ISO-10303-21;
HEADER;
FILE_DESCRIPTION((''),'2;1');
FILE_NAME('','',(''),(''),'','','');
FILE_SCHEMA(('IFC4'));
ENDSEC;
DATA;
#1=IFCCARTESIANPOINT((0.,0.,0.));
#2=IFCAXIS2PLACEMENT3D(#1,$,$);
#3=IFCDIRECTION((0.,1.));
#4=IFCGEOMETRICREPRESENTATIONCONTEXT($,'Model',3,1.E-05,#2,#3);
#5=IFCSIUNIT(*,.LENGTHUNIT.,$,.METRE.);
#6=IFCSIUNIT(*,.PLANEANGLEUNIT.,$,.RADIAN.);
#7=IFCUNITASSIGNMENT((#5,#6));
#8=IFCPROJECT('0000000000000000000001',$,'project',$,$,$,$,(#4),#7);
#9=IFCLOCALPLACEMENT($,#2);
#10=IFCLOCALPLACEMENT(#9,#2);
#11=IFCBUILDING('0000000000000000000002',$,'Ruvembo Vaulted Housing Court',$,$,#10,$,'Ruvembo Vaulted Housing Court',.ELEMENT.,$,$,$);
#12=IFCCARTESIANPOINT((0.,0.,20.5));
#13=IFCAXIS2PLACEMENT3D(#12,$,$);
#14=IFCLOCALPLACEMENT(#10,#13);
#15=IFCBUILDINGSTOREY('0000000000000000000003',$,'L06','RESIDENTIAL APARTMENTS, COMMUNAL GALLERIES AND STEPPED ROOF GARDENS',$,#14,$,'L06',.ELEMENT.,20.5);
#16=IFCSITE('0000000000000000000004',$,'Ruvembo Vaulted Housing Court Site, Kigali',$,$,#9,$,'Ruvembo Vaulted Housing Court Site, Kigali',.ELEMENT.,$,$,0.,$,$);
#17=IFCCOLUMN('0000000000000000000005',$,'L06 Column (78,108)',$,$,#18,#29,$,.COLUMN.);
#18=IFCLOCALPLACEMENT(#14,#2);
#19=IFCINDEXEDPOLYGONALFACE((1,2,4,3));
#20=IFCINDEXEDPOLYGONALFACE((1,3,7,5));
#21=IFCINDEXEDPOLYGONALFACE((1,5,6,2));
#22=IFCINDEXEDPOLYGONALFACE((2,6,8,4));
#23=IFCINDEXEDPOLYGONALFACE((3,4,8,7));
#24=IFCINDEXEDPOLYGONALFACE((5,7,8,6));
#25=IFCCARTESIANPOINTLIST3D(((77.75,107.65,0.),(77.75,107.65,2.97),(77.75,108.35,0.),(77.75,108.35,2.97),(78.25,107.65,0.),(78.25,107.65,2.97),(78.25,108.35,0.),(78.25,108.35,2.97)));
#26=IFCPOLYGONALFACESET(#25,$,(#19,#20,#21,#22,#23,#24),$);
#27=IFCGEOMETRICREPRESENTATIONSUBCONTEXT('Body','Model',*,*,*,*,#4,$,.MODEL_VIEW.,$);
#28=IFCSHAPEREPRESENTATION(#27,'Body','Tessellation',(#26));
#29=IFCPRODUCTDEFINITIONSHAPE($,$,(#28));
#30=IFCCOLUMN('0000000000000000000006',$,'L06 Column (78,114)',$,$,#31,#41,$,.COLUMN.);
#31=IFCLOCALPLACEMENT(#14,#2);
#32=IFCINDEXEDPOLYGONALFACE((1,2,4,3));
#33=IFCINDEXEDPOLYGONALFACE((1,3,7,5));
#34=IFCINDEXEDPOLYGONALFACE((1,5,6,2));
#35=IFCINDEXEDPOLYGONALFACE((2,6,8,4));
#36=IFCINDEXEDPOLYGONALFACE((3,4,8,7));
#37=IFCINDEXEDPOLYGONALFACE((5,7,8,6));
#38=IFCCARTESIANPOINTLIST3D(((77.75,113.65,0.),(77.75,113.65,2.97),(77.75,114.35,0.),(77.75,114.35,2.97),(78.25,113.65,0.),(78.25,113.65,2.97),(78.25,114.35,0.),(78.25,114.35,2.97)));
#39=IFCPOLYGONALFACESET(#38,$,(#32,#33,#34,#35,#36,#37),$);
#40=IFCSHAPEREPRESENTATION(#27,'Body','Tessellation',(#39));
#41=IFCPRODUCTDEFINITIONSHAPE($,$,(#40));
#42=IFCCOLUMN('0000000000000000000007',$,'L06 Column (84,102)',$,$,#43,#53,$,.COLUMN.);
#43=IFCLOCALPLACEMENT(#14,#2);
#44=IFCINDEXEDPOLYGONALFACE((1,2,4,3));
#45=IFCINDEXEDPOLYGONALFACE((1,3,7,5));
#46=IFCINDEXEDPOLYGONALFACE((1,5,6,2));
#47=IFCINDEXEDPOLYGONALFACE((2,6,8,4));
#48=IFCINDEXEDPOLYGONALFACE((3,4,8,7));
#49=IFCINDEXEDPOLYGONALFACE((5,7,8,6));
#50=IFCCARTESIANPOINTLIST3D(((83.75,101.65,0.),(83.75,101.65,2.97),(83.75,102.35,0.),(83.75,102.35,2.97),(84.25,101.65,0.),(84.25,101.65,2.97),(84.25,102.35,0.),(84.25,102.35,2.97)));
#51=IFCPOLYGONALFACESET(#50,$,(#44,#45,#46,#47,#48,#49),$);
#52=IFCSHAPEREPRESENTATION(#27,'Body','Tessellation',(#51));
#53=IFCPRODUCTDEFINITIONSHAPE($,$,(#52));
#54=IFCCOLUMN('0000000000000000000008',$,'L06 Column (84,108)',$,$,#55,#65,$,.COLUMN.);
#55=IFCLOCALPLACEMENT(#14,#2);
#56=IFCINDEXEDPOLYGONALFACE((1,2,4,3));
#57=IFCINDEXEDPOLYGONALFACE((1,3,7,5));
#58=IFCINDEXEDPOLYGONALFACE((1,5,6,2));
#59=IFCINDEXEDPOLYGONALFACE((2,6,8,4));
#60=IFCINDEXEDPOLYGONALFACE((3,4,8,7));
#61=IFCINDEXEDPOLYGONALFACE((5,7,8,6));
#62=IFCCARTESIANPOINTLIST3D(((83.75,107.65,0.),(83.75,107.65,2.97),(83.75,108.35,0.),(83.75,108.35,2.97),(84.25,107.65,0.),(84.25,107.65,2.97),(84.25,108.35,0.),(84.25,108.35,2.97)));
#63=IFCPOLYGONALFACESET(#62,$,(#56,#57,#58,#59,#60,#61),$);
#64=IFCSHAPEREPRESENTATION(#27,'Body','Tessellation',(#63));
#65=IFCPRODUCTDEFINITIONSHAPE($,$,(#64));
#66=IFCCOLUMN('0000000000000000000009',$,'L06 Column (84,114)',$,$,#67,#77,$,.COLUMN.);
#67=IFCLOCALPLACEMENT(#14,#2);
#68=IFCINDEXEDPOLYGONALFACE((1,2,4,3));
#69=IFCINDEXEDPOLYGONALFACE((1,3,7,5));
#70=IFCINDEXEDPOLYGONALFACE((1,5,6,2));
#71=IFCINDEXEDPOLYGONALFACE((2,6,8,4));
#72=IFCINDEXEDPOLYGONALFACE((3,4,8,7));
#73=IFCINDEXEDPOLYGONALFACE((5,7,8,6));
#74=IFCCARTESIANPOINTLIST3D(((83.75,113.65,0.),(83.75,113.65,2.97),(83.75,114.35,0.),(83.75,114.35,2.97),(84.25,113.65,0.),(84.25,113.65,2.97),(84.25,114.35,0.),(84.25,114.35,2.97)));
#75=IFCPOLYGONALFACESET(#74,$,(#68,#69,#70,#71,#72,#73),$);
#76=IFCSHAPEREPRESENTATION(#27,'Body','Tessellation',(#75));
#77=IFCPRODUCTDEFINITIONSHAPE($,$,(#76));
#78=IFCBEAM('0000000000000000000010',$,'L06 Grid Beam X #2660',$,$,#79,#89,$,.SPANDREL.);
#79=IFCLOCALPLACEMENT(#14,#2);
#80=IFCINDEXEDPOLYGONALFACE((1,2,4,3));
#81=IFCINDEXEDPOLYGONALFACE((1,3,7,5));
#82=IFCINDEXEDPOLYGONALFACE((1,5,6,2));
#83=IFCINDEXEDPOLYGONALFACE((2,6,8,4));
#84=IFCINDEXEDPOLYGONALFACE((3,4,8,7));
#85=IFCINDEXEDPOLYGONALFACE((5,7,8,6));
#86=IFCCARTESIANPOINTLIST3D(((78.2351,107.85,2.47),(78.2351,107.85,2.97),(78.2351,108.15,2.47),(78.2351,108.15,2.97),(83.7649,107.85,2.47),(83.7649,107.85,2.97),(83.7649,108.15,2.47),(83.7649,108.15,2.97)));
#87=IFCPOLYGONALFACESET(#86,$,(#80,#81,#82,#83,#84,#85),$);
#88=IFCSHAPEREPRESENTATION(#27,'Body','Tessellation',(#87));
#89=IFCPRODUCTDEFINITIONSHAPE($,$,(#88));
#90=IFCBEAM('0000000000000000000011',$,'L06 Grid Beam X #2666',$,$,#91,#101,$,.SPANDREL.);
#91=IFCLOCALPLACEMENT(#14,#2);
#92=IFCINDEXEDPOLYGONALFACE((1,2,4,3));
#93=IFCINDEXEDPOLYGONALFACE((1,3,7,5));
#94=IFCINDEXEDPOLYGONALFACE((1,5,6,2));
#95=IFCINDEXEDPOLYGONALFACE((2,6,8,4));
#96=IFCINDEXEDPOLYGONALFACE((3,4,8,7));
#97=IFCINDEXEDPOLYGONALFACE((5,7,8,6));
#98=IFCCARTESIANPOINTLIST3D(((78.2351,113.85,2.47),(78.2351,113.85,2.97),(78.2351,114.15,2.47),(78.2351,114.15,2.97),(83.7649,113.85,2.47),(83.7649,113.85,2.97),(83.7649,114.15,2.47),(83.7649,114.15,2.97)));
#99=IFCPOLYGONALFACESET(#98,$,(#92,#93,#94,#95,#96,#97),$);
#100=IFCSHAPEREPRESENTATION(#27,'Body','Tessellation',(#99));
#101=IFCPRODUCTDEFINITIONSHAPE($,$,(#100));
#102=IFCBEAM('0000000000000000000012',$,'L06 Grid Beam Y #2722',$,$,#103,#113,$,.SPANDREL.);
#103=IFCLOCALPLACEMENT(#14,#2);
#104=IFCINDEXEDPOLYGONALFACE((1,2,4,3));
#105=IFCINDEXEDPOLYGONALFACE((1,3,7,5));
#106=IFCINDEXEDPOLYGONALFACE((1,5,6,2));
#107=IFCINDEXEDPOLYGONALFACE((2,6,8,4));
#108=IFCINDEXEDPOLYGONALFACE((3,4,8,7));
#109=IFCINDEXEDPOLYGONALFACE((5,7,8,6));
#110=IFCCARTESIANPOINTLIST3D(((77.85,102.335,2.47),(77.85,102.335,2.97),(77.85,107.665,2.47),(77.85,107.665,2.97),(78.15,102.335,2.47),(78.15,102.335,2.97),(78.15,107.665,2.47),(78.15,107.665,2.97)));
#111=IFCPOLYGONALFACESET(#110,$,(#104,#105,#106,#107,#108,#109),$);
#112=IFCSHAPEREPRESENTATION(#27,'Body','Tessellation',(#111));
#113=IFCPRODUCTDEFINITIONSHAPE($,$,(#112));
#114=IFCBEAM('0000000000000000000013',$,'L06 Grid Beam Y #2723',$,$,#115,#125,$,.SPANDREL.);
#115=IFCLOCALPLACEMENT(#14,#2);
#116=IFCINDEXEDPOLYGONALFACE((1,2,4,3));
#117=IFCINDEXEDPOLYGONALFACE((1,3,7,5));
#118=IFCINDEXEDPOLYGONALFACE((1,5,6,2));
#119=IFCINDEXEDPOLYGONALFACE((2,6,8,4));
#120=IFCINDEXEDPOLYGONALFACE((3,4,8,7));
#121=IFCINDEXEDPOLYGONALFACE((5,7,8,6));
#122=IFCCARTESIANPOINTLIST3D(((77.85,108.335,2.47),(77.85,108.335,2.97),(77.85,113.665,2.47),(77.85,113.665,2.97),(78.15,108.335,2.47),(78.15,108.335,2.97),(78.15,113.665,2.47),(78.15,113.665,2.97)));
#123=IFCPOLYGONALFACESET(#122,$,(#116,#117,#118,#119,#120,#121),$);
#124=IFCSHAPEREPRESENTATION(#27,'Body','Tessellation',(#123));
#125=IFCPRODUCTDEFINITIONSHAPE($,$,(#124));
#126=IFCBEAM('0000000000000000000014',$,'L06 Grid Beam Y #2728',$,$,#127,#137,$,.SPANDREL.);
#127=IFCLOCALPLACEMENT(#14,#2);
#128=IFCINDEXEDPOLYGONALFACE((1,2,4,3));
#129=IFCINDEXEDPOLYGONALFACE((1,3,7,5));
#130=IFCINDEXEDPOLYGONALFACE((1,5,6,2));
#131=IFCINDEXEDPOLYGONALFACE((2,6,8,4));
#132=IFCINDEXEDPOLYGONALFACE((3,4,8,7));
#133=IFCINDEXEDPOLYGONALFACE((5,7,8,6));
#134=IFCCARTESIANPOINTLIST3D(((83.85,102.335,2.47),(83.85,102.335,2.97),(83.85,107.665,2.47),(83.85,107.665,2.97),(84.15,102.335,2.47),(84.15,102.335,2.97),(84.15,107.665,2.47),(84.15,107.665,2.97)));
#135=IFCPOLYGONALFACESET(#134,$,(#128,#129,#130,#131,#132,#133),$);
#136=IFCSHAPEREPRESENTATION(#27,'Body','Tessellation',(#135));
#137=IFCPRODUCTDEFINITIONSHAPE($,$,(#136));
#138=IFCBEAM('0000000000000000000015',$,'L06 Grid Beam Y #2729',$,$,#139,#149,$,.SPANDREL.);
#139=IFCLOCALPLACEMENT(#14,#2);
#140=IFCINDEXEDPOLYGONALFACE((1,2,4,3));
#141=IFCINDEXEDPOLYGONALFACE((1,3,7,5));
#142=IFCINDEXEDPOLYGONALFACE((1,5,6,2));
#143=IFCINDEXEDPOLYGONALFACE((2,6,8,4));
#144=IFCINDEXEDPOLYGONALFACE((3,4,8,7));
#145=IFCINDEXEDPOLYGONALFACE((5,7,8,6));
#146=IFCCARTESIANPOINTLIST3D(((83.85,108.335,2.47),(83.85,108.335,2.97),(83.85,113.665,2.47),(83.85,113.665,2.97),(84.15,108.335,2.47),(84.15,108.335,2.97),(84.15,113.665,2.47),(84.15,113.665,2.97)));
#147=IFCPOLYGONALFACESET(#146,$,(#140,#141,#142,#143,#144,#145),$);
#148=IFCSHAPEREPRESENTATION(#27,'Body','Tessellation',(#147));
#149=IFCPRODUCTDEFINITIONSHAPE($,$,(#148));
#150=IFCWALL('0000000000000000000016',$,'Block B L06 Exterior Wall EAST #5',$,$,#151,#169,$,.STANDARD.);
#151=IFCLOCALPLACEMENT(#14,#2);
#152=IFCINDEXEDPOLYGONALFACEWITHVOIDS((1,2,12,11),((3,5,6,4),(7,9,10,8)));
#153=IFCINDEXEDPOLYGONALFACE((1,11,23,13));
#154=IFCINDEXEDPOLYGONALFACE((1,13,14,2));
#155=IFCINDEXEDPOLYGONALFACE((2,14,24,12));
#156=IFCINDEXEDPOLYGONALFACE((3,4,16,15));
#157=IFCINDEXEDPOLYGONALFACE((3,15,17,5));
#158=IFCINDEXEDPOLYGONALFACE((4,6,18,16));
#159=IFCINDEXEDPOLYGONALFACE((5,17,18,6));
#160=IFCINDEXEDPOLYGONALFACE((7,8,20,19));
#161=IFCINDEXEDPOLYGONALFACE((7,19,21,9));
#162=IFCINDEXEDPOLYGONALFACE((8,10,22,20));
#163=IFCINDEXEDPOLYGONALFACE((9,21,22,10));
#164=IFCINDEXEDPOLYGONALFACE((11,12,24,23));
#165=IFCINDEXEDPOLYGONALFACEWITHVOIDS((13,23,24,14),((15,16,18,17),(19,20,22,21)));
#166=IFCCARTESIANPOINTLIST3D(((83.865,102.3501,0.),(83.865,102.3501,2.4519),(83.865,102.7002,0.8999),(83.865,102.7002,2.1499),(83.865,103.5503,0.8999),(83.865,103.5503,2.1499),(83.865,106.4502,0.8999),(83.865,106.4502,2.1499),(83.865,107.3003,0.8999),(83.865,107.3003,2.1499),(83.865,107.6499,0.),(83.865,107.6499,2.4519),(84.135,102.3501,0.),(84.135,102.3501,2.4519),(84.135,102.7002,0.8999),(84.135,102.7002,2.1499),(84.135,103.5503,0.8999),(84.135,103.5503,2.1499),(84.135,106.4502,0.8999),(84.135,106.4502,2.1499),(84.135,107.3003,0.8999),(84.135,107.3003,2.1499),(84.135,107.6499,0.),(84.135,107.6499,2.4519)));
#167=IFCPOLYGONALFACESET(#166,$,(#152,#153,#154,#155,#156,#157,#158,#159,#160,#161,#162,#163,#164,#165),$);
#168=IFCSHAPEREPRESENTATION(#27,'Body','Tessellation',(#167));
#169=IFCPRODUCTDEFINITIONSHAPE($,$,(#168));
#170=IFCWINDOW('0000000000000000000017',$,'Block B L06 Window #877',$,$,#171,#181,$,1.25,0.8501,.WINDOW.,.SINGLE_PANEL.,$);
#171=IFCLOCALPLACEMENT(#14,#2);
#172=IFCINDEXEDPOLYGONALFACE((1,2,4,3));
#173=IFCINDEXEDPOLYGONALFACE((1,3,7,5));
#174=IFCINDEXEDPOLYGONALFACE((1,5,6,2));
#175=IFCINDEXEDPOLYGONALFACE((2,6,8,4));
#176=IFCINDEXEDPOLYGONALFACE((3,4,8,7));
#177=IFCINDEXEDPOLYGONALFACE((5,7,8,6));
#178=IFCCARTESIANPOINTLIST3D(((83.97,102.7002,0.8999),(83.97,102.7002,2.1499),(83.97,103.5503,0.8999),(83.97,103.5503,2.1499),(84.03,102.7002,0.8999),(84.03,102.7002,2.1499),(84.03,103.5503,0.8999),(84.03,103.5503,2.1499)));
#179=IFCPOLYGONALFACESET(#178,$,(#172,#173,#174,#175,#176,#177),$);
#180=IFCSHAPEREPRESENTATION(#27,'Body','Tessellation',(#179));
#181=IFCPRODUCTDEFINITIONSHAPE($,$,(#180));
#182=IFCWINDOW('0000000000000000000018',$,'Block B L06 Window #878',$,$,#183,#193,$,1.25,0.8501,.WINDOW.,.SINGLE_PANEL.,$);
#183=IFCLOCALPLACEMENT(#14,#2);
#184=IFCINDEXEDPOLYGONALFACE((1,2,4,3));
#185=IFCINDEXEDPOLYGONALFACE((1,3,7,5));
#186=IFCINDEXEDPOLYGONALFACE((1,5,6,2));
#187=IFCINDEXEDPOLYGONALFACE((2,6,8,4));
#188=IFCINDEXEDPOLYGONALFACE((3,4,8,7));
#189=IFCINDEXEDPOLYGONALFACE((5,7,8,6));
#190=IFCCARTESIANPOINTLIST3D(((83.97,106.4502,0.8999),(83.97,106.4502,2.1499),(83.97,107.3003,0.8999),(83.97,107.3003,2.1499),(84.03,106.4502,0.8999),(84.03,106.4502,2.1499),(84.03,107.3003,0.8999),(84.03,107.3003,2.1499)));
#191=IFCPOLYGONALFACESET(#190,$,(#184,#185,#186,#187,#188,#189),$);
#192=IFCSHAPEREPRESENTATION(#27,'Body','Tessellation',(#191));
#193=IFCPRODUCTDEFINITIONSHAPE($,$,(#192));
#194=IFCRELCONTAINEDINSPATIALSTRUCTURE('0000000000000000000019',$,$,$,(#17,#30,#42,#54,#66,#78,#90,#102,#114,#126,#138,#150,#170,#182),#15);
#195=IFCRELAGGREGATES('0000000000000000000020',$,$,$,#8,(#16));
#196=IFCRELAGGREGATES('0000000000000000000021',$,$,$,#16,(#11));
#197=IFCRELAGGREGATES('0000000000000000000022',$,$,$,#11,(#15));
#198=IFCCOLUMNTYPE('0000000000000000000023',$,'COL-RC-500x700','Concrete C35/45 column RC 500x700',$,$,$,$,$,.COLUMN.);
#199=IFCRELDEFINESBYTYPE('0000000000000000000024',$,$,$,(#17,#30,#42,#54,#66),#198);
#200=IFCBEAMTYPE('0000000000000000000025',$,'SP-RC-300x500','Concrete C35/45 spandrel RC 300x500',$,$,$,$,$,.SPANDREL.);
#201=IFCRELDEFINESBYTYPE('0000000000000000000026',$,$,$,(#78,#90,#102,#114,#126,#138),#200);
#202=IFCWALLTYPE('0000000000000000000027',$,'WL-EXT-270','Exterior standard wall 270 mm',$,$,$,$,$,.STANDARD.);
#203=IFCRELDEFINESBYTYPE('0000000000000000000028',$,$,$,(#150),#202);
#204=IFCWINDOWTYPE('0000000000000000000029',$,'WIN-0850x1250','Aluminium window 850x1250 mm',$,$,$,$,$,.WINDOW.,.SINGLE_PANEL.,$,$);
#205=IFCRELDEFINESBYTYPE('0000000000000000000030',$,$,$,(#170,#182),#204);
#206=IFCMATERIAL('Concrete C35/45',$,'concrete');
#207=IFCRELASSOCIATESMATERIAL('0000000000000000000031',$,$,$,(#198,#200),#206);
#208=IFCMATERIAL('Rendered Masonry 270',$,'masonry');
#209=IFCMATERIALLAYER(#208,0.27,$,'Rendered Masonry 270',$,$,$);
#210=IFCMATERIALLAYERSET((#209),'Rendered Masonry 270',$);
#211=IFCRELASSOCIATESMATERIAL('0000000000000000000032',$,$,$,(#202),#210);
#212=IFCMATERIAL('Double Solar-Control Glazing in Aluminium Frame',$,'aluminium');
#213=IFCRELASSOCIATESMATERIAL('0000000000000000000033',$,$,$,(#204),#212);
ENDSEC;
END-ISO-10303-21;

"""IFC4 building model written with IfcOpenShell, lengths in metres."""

from ifc_helpers import new_model, si_unit, direction, frame, frame_2d, origin, origin_2d, place, context, subcontext, project, spatial, rectangle, extrude, material, layer, layer_set, material_profile, profile_set, type_object, element, fill, save


model = new_model("IFC4")

# Units and contexts
model_context = context("Model", 3, precision=1e-05, world=origin(), true_north=direction((0.0, 1.0)))
body_context = subcontext(model_context, "Body", "Model", "MODEL_VIEW")
ifc_project = project(units=[si_unit("LENGTHUNIT", "METRE"), si_unit("PLANEANGLEUNIT", "RADIAN")], contexts=[model_context])

# Site, building, storey
site_placement = place(None, origin())
site = spatial("IfcSite", under=ifc_project, at=site_placement, Name="Ruvembo Vaulted Housing Court Site, Kigali", LongName="Ruvembo Vaulted Housing Court Site, Kigali", CompositionType="ELEMENT", RefElevation=0.0)
building_placement = place(site_placement, origin())
building = spatial("IfcBuilding", under=site, at=building_placement, Name="Ruvembo Vaulted Housing Court", LongName="Ruvembo Vaulted Housing Court", CompositionType="ELEMENT")
storey_placement = place(building_placement, frame((0.0, 0.0, 20.5)))
storey = spatial("IfcBuildingStorey", under=building, at=storey_placement, Name="L06", Description="RESIDENTIAL APARTMENTS, COMMUNAL GALLERIES AND STEPPED ROOF GARDENS", LongName="L06", CompositionType="ELEMENT", Elevation=20.5)

# Columns
ifc_material_1 = material(Name="Concrete C35/45", Category="concrete")
ifc_material_profile_1 = material_profile(ifc_material_1, rectangle(XDim=0.5, YDim=0.7, at=origin_2d()), Name="RC 500x700")
ifc_profile_set_1 = profile_set([ifc_material_profile_1], Name="Concrete C35/45")
column_type = type_object("IfcColumnType", Name="COL-RC-500x700", Description="Concrete C35/45 column RC 500x700", PredefinedType="COLUMN", material=ifc_profile_set_1)
for number, where, z_axis, x_axis, name in (
    (1, (78.0, 108.0, 0.0), (0.0, 0.0, 1.0), (1.0, 0.0, 0.0), "L06 Column (78,108)"),
    (2, (78.0, 114.0, 0.0), (0.0, 0.0, 1.0), (1.0, 0.0, 0.0), "L06 Column (78,114)"),
    (3, (84.0, 102.0, 0.0), (0.0, 0.0, 1.0), (1.0, 0.0, 0.0), "L06 Column (84,102)"),
    (4, (84.0, 108.0, 0.0), (0.0, 0.0, 1.0), (1.0, 0.0, 0.0), "L06 Column (84,108)"),
    (5, (84.0, 114.0, 0.0), (0.0, 0.0, 1.0), (1.0, 0.0, 0.0), "L06 Column (84,114)"),
):
    element("IfcColumn", number, at=place(storey_placement, frame(where, z_axis=z_axis, x_axis=x_axis)), inside=storey, type_object=column_type, Name=name, PredefinedType="COLUMN", context=body_context, shape_type="SweptSolid", body=[
        extrude(rectangle(XDim=0.5, YDim=0.7, at=origin_2d()), origin(), (0.0, 0.0, 1.0), 2.97),
    ])

# Beams
ifc_material_profile_2 = material_profile(ifc_material_1, rectangle(XDim=0.3, YDim=0.5, at=origin_2d()), Name="RC 300x500")
ifc_profile_set_2 = profile_set([ifc_material_profile_2], Name="Concrete C35/45")
beam_type = type_object("IfcBeamType", Name="SP-RC-300x500", Description="Concrete C35/45 spandrel RC 300x500", PredefinedType="SPANDREL", material=ifc_profile_set_2)
for number, where, z_axis, x_axis, name in (
    (6, (78.2351, 108.0, 2.72), (1.0, 0.0, 0.0), (0.0, 1.0, 0.0), "L06 Grid Beam X #2660"),
    (7, (78.2351, 114.0, 2.72), (1.0, 0.0, 0.0), (0.0, 1.0, 0.0), "L06 Grid Beam X #2666"),
):
    element("IfcBeam", number, at=place(storey_placement, frame(where, z_axis=z_axis, x_axis=x_axis)), inside=storey, type_object=beam_type, Name=name, PredefinedType="SPANDREL", context=body_context, shape_type="SweptSolid", body=[
        extrude(rectangle(XDim=0.3, YDim=0.5, at=origin_2d()), origin(), (0.0, 0.0, 1.0), 5.5298),
    ])
for number, where, z_axis, x_axis, name in (
    (8, (78.0, 102.335, 2.72), (0.0, 1.0, 0.0), (-1.0, 0.0, 0.0), "L06 Grid Beam Y #2722"),
    (9, (78.0, 108.335, 2.72), (0.0, 1.0, 0.0), (-1.0, 0.0, 0.0), "L06 Grid Beam Y #2723"),
    (10, (84.0, 102.335, 2.72), (0.0, 1.0, 0.0), (-1.0, 0.0, 0.0), "L06 Grid Beam Y #2728"),
    (11, (84.0, 108.335, 2.72), (0.0, 1.0, 0.0), (-1.0, 0.0, 0.0), "L06 Grid Beam Y #2729"),
):
    element("IfcBeam", number, at=place(storey_placement, frame(where, z_axis=z_axis, x_axis=x_axis)), inside=storey, type_object=beam_type, Name=name, PredefinedType="SPANDREL", context=body_context, shape_type="SweptSolid", body=[
        extrude(rectangle(XDim=0.3, YDim=0.5, at=origin_2d()), origin(), (0.0, 0.0, 1.0), 5.3301),
    ])

# Wall, openings, windows
ifc_material_2 = material(Name="Rendered Masonry 270", Category="masonry")
ifc_layer_1 = layer(ifc_material_2, 0.27, Name="Rendered Masonry 270")
ifc_layer_set_1 = layer_set([ifc_layer_1], Name="Rendered Masonry 270")
wall_type = type_object("IfcWallType", Name="WL-EXT-270", Description="Exterior standard wall 270 mm", PredefinedType="STANDARD", material=ifc_layer_set_1)
wall_1_placement = place(storey_placement, frame((84.0, 102.3501, 0.0), z_axis=(0.0, 0.0, 1.0), x_axis=(0.0, 1.0, 0.0)))
wall_1 = element("IfcWall", 12, at=wall_1_placement, inside=storey, type_object=wall_type, Name="Block B L06 Exterior Wall EAST #5", PredefinedType="STANDARD", context=body_context, shape_type="SweptSolid", body=[
    extrude(rectangle(XDim=5.2998, YDim=0.27, at=frame_2d((2.6499, 0.0))), origin(), (0.0, 0.0, 1.0), 2.4519),
])
opening_1_placement = place(wall_1_placement, frame((0.3501, 0.0, 0.8999)))
opening_1 = element("IfcOpeningElement", 13, at=opening_1_placement, cuts=wall_1, PredefinedType="OPENING", context=body_context, shape_type="SweptSolid", body=[
    extrude(rectangle(XDim=0.8501, YDim=1.25, at=frame_2d((0.425, 0.625))), frame((0.0, 0.145, 0.0), z_axis=(0.0, -1.0, 0.0), x_axis=(1.0, 0.0, 0.0)), (0.0, 0.0, 1.0), 0.29),
])
opening_2_placement = place(wall_1_placement, frame((4.1001, 0.0, 0.8999)))
opening_2 = element("IfcOpeningElement", 14, at=opening_2_placement, cuts=wall_1, PredefinedType="OPENING", context=body_context, shape_type="SweptSolid", body=[
    extrude(rectangle(XDim=0.8501, YDim=1.25, at=frame_2d((0.425, 0.625))), frame((0.0, 0.145, 0.0), z_axis=(0.0, -1.0, 0.0), x_axis=(1.0, 0.0, 0.0)), (0.0, 0.0, 1.0), 0.29),
])
ifc_material_3 = material(Name="Double Solar-Control Glazing in Aluminium Frame", Category="aluminium")
window_type_1 = type_object("IfcWindowType", Name="WIN-0850x1250", Description="Aluminium window 850x1250 mm", PartitioningType="SINGLE_PANEL", PredefinedType="WINDOW", material=ifc_material_3)
window_1_placement = place(opening_1_placement, origin())
window_1 = element("IfcWindow", 15, at=window_1_placement, inside=storey, type_object=window_type_1, Name="Block B L06 Window #877", OverallHeight=1.25, OverallWidth=0.8501, PartitioningType="SINGLE_PANEL", PredefinedType="WINDOW", context=body_context, shape_type="SweptSolid", body=[
    extrude(rectangle(XDim=0.8501, YDim=1.25, at=frame_2d((0.425, 0.625))), frame((0.0, 0.03, 0.0), z_axis=(0.0, -1.0, 0.0), x_axis=(1.0, 0.0, 0.0)), (0.0, 0.0, 1.0), 0.0601),
])
fill(opening_1, window_1)
window_2_placement = place(opening_2_placement, origin())
window_2 = element("IfcWindow", 16, at=window_2_placement, inside=storey, type_object=window_type_1, Name="Block B L06 Window #878", OverallHeight=1.25, OverallWidth=0.8501, PartitioningType="SINGLE_PANEL", PredefinedType="WINDOW", context=body_context, shape_type="SweptSolid", body=[
    extrude(rectangle(XDim=0.8501, YDim=1.25, at=frame_2d((0.425, 0.625))), frame((0.0, 0.03, 0.0), z_axis=(0.0, -1.0, 0.0), x_axis=(1.0, 0.0, 0.0)), (0.0, 0.0, 1.0), 0.0601),
])
fill(opening_2, window_2)

save(model, "model.ifc")
